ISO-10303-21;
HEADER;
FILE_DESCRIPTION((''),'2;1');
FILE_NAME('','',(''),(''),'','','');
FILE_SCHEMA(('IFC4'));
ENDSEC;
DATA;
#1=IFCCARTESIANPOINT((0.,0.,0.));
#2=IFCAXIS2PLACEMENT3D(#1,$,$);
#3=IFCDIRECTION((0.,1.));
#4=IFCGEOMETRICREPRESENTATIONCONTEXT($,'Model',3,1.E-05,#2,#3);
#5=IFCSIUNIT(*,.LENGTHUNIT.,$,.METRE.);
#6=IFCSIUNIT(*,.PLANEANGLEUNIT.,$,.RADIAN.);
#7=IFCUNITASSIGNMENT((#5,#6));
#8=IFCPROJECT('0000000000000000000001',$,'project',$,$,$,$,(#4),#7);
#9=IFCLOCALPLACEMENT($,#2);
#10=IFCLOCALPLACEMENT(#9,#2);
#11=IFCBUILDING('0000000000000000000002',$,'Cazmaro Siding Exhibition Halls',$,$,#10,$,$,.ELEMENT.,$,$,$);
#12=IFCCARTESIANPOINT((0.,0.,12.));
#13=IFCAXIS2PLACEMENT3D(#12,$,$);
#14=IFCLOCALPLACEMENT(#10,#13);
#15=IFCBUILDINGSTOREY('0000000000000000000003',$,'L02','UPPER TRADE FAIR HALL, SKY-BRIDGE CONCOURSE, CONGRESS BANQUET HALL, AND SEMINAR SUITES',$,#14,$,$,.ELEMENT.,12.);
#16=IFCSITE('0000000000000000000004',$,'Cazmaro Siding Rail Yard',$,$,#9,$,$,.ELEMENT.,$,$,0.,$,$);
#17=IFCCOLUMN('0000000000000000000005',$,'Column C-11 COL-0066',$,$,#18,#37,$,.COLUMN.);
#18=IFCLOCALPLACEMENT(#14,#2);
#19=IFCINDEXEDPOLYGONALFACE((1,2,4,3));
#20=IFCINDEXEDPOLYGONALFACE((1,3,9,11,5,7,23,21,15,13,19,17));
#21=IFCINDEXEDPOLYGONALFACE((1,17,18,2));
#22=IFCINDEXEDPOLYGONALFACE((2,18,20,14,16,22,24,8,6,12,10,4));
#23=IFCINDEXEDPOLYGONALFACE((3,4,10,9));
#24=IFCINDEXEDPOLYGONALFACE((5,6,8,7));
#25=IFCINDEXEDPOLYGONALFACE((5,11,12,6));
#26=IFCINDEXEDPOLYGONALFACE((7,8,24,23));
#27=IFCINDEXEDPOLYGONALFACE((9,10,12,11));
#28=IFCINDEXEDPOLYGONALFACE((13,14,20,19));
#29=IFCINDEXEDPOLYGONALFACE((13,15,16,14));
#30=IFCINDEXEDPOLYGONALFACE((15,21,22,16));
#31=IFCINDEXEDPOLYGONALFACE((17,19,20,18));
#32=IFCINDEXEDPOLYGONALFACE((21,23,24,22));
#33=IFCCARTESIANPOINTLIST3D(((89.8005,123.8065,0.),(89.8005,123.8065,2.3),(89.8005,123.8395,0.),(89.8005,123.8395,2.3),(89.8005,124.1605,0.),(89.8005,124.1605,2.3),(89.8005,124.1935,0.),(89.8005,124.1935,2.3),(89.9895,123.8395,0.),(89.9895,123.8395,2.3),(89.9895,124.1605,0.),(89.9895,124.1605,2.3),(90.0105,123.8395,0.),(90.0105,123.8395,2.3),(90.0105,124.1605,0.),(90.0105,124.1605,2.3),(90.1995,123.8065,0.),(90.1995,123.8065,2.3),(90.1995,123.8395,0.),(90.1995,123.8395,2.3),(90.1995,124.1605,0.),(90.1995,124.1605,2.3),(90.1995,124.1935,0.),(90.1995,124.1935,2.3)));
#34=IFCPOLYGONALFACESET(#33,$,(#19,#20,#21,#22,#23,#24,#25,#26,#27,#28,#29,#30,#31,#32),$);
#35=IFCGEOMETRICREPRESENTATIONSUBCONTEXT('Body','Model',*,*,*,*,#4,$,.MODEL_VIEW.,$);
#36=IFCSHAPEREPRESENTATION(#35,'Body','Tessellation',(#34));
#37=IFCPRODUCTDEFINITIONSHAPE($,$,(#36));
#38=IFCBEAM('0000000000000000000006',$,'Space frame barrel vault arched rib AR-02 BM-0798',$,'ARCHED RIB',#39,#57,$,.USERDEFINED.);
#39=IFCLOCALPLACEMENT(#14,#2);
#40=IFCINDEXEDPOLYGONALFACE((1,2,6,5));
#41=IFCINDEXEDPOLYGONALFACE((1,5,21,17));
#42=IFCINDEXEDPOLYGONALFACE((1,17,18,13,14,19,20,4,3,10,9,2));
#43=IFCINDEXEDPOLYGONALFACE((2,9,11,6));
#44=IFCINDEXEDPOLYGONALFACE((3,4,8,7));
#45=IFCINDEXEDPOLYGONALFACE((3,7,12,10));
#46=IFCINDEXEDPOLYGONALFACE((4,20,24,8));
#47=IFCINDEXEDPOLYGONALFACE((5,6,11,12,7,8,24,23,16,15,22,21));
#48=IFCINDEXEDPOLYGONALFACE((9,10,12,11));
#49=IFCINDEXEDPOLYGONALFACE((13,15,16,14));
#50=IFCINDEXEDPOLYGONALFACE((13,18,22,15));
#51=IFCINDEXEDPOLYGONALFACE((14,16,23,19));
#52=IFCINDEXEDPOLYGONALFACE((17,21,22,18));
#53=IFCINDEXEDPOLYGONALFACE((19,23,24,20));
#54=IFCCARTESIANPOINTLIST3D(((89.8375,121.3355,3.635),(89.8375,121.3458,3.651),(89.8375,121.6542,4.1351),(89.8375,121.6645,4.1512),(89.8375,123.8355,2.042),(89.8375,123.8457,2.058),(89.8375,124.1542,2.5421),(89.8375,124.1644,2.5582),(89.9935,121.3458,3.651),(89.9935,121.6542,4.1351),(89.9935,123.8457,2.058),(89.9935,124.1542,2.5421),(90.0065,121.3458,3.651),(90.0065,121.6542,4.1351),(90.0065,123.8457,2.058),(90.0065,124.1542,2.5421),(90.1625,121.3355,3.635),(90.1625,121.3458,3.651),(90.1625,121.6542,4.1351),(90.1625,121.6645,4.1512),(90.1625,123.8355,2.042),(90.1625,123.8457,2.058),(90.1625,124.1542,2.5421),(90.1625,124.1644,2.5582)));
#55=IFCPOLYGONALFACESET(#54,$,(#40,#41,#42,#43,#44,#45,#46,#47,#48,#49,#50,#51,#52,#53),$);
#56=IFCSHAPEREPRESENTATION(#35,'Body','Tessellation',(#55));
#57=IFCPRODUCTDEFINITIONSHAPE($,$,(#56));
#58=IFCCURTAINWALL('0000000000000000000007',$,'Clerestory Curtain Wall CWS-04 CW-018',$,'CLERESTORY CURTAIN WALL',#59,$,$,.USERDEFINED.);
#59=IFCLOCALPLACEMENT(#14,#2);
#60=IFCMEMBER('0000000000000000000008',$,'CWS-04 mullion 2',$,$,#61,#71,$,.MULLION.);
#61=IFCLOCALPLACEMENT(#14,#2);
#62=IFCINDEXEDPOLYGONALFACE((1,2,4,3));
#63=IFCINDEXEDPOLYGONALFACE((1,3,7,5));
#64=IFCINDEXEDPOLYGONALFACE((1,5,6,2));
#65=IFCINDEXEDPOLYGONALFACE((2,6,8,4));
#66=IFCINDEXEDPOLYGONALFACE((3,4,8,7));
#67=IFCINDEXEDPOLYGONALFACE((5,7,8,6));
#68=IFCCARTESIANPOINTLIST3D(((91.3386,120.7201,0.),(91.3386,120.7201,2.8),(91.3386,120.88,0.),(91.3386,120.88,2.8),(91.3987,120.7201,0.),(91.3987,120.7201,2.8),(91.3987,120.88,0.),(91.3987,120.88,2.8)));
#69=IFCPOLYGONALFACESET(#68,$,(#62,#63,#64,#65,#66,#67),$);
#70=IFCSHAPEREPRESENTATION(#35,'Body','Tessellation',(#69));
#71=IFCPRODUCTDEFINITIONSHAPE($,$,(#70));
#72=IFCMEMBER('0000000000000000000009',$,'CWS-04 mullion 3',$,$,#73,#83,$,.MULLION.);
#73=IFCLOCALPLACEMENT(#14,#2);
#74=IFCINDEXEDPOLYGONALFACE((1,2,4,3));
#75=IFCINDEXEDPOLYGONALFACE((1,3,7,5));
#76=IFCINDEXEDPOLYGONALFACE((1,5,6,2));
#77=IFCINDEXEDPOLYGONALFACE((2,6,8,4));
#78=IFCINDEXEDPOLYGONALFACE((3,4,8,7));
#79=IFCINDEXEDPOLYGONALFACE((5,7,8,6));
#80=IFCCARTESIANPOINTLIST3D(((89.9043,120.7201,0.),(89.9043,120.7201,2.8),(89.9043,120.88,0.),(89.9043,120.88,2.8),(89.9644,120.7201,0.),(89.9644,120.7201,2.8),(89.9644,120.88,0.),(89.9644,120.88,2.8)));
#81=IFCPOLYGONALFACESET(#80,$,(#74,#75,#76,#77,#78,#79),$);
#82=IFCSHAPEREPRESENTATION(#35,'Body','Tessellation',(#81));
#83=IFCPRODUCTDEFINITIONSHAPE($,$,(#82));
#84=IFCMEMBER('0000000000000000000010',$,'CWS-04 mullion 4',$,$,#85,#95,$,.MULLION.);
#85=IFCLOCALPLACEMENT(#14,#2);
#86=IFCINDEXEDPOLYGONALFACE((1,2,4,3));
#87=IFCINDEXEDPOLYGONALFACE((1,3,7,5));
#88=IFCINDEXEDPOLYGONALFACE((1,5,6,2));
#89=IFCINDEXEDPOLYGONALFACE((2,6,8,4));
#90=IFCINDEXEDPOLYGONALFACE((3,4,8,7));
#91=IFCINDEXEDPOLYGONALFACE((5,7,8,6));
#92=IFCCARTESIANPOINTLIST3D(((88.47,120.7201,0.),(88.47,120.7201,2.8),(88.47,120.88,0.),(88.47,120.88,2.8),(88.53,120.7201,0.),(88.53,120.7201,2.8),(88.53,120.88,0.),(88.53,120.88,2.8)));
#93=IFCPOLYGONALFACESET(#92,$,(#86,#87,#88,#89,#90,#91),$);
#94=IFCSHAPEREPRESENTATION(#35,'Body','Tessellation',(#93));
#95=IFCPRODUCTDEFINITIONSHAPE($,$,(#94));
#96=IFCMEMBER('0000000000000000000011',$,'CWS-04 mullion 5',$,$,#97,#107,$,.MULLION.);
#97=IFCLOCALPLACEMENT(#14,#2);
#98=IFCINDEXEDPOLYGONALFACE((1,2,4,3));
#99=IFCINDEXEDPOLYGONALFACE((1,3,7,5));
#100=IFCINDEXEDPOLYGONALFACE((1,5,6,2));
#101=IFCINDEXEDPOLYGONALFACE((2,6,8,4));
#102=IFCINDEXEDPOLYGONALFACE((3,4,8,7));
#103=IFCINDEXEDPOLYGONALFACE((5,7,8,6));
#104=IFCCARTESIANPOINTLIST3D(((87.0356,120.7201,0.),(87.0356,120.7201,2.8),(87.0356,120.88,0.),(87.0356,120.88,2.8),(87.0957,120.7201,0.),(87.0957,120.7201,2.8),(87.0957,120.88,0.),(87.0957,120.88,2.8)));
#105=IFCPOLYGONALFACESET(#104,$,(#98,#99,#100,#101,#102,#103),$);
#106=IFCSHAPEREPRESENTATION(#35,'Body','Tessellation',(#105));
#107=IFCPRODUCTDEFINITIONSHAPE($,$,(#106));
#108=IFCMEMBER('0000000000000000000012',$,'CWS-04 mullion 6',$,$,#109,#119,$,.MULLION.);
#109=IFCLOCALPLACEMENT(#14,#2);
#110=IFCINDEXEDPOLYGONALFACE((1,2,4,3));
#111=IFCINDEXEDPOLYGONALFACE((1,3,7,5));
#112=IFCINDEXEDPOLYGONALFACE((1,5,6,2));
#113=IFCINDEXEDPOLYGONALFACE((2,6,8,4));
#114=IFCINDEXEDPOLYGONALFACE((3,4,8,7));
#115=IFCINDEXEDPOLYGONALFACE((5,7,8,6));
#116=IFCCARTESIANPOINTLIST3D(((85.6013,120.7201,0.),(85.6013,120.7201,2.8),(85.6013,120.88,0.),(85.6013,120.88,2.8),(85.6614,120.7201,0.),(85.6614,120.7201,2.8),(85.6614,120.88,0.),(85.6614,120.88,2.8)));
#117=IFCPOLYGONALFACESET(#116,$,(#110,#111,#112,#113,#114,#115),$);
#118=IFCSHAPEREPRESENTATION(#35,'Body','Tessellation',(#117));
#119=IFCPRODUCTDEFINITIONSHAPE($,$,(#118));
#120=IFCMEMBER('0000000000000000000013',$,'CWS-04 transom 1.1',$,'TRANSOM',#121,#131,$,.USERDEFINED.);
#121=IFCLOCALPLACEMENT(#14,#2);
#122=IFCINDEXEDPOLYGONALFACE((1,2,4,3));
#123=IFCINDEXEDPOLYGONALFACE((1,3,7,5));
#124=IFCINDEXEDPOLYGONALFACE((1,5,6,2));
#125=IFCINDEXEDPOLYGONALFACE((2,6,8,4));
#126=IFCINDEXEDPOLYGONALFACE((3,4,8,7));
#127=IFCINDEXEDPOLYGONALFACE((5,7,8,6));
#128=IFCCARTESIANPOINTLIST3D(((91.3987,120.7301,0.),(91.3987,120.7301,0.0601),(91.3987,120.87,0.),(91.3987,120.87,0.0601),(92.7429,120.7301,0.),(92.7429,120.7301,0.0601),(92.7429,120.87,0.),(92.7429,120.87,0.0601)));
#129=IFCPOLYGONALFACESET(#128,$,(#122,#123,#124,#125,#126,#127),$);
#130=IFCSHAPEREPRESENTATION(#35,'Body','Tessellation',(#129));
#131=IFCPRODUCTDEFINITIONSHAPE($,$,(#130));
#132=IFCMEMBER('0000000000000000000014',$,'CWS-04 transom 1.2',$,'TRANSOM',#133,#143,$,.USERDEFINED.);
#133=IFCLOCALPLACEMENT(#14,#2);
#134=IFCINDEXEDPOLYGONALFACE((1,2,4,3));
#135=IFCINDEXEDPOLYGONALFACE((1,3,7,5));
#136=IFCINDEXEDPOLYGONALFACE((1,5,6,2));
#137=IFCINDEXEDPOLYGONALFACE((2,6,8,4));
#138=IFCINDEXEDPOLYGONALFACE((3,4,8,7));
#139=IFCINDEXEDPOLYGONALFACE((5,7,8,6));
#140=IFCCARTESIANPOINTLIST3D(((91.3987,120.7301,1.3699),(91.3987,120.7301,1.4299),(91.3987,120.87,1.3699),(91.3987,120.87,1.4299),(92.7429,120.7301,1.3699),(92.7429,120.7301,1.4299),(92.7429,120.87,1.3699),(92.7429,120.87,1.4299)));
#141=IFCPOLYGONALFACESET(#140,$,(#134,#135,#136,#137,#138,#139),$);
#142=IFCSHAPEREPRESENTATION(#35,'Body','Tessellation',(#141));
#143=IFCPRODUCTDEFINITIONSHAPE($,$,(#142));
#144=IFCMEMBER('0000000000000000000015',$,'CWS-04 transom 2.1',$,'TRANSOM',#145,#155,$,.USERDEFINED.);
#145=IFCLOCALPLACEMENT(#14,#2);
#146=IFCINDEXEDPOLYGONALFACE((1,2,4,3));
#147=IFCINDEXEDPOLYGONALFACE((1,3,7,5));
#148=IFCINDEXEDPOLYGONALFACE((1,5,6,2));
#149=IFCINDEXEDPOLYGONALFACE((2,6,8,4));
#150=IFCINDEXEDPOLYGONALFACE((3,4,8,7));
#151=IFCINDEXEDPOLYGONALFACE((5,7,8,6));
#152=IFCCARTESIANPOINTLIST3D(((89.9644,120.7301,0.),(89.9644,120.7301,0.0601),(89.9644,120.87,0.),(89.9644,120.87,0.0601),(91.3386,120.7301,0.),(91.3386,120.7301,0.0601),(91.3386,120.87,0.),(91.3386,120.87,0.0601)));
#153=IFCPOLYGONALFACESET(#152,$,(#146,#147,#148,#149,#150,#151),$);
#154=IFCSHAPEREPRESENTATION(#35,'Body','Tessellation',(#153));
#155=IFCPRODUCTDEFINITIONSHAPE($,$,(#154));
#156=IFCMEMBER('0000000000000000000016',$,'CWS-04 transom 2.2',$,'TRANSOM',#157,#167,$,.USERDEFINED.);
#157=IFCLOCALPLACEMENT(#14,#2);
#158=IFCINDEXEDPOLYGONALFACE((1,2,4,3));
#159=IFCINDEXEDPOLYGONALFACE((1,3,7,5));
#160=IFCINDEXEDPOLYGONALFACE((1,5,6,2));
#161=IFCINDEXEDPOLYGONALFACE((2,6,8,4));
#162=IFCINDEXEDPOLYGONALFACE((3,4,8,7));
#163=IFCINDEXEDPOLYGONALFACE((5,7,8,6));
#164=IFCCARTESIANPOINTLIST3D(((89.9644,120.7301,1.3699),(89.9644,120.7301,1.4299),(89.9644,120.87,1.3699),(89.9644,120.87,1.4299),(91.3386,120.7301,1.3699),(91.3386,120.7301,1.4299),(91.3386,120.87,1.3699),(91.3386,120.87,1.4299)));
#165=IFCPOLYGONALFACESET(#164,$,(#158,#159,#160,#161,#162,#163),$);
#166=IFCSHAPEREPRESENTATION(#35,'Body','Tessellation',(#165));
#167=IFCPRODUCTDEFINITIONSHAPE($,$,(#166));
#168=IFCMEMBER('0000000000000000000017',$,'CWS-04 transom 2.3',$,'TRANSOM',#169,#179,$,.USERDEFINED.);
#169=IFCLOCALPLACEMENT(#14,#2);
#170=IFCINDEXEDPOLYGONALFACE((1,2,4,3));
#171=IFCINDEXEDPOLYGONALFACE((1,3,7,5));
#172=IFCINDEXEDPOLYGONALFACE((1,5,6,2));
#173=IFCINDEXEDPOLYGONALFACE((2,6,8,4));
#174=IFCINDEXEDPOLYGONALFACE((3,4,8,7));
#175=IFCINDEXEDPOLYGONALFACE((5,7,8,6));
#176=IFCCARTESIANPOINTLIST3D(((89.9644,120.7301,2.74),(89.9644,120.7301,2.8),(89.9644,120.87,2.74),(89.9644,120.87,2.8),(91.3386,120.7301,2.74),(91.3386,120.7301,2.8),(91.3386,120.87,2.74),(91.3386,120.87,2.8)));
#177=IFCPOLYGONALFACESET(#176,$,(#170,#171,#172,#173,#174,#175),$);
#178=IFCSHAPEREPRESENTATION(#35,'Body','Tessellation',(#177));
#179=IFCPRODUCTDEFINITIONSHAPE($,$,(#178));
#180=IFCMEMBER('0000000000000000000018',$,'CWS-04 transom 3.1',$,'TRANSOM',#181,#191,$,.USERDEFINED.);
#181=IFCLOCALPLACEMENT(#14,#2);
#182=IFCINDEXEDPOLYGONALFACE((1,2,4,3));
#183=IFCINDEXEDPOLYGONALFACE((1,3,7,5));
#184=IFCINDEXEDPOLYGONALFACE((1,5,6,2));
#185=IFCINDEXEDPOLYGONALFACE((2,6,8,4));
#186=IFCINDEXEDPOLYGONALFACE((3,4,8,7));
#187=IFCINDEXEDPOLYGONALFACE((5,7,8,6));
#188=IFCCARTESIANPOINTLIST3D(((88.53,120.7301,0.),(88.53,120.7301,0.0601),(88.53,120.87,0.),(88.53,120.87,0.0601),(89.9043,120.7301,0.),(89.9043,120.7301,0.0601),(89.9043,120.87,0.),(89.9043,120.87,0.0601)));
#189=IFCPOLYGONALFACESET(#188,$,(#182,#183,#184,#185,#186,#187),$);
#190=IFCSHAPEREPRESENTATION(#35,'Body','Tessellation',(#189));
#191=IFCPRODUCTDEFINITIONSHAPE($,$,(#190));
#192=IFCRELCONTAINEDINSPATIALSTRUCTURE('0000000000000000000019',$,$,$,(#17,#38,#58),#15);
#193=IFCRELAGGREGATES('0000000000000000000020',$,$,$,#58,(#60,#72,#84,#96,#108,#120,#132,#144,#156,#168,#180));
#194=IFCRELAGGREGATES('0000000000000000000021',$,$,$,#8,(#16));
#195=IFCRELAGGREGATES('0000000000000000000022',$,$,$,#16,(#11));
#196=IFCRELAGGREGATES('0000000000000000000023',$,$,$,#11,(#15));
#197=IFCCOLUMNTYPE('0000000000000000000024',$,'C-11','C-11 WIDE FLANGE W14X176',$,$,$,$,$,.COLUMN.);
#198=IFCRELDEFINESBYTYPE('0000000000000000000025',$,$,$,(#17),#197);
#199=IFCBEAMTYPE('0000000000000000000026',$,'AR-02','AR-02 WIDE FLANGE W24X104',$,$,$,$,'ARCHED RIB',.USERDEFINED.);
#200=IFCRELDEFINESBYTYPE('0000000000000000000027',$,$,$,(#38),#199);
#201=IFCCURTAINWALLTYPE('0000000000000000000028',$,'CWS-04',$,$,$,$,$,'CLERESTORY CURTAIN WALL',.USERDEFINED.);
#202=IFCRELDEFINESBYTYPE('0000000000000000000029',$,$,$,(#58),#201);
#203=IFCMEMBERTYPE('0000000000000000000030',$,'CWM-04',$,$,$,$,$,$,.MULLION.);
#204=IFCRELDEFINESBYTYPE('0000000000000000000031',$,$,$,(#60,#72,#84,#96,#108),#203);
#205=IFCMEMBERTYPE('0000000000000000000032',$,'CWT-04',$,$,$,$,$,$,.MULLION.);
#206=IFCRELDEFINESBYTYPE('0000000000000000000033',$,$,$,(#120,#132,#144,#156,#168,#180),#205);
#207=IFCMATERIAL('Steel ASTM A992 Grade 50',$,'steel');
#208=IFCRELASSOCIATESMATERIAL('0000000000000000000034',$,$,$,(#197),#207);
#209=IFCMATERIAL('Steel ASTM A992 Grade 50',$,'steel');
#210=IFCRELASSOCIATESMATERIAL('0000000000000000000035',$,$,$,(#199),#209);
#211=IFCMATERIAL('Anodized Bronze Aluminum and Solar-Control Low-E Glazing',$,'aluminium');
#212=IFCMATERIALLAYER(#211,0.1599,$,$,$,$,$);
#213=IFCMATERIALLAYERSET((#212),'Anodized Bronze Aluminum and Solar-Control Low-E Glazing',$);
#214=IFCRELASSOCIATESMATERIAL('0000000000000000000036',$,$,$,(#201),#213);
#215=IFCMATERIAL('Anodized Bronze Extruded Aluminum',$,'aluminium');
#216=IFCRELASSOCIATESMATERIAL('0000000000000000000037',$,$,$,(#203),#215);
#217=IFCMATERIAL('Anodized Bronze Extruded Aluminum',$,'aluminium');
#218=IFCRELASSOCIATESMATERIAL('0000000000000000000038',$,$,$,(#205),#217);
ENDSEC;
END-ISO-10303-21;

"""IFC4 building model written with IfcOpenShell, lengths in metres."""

from ifc_helpers import new_model, si_unit, direction, frame, origin, origin_2d, place, context, subcontext, project, spatial, rectangle, i_section, extrude, material, layer, layer_set, material_profile, profile_set, type_object, element, aggregate, save


model = new_model("IFC4")

# Units and contexts
model_context = context("Model", 3, precision=1e-05, world=origin(), true_north=direction((0.0, 1.0)))
body_context = subcontext(model_context, "Body", "Model", "MODEL_VIEW")
ifc_project = project(units=[si_unit("LENGTHUNIT", "METRE"), si_unit("PLANEANGLEUNIT", "RADIAN")], contexts=[model_context])

# Site, building, storey
site_placement = place(None, origin())
site = spatial("IfcSite", under=ifc_project, at=site_placement, Name="Cazmaro Siding Rail Yard", CompositionType="ELEMENT", RefElevation=0.0)
building_placement = place(site_placement, origin())
building = spatial("IfcBuilding", under=site, at=building_placement, Name="Cazmaro Siding Exhibition Halls", CompositionType="ELEMENT")
storey_placement = place(building_placement, frame((0.0, 0.0, 12.0)))
storey = spatial("IfcBuildingStorey", under=building, at=storey_placement, Name="L02", Description="UPPER TRADE FAIR HALL, SKY-BRIDGE CONCOURSE, CONGRESS BANQUET HALL, AND SEMINAR SUITES", CompositionType="ELEMENT", Elevation=12.0)

# Column
ifc_material_1 = material(Name="Steel ASTM A992 Grade 50", Category="steel")
ifc_material_profile_1 = material_profile(ifc_material_1, i_section(OverallWidth=0.3989, OverallDepth=0.387, WebThickness=0.021, FlangeThickness=0.033, at=origin_2d()), Name="W14X176")
ifc_profile_set_1 = profile_set([ifc_material_profile_1], Name="Steel ASTM A992 Grade 50")
column_type = type_object("IfcColumnType", Name="C-11", Description="C-11 WIDE FLANGE W14X176", PredefinedType="COLUMN", material=ifc_profile_set_1)
column_placement = place(storey_placement, frame((90.0, 124.0, 0.0), z_axis=(0.0, 0.0, 1.0), x_axis=(1.0, 0.0, 0.0)))
element("IfcColumn", 1, at=column_placement, inside=storey, type_object=column_type, Name="Column C-11 COL-0066", PredefinedType="COLUMN", context=body_context, shape_type="SweptSolid", body=[
    extrude(i_section(OverallWidth=0.3989, OverallDepth=0.387, WebThickness=0.021, FlangeThickness=0.033, at=origin_2d()), origin(), (0.0, 0.0, 1.0), 2.3),
])

# Beam
ifc_material_2 = material(Name="Steel ASTM A992 Grade 50", Category="steel")
ifc_material_profile_2 = material_profile(ifc_material_2, i_section(OverallWidth=0.325, OverallDepth=0.6121, WebThickness=0.0129, FlangeThickness=0.019, at=origin_2d()), Name="W24X104")
ifc_profile_set_2 = profile_set([ifc_material_profile_2], Name="Steel ASTM A992 Grade 50")
beam_type_1 = type_object("IfcBeamType", Name="AR-02", Description="AR-02 WIDE FLANGE W24X104", ElementType="ARCHED RIB", PredefinedType="USERDEFINED", material=ifc_profile_set_2)
beam_1_placement = place(storey_placement, frame((90.0, 121.5, 3.8931), z_axis=(0.0, 0.843339, -0.537382), x_axis=(-1.0, 0.0, 0.0)))
element("IfcBeam", 2, at=beam_1_placement, inside=storey, type_object=beam_type_1, Name="Space frame barrel vault arched rib AR-02 BM-0798", ObjectType="ARCHED RIB", PredefinedType="USERDEFINED", context=body_context, shape_type="SweptSolid", body=[
    extrude(i_section(OverallWidth=0.325, OverallDepth=0.6121, WebThickness=0.0129, FlangeThickness=0.019, at=origin_2d()), origin(), (0.0, 0.0, 1.0), 2.9644),
])

# Curtain wall, members
ifc_material_3 = material(Name="Anodized Bronze Aluminum and Solar-Control Low-E Glazing", Category="aluminium")
ifc_layer_1 = layer(ifc_material_3, 0.1599)
ifc_layer_set_1 = layer_set([ifc_layer_1], Name="Anodized Bronze Aluminum and Solar-Control Low-E Glazing")
curtain_wall_type = type_object("IfcCurtainWallType", Name="CWS-04", ElementType="CLERESTORY CURTAIN WALL", PredefinedType="USERDEFINED", material=ifc_layer_set_1)
curtain_wall_placement = place(storey_placement, origin())
curtain_wall = element("IfcCurtainWall", 3, at=curtain_wall_placement, inside=storey, type_object=curtain_wall_type, Name="Clerestory Curtain Wall CWS-04 CW-018", ObjectType="CLERESTORY CURTAIN WALL", PredefinedType="USERDEFINED")
ifc_material_4 = material(Name="Anodized Bronze Extruded Aluminum", Category="aluminium")
ifc_material_profile_3 = material_profile(ifc_material_4, rectangle(XDim=0.1599, YDim=0.0601, at=origin_2d()), Name="CWM-04")
ifc_profile_set_3 = profile_set([ifc_material_profile_3], Name="Anodized Bronze Extruded Aluminum")
member_type_1 = type_object("IfcMemberType", Name="CWM-04", PredefinedType="MULLION", material=ifc_profile_set_3)
member_1_placement = place(storey_placement, frame((91.3687, 120.8, 0.0), z_axis=(0.0, 0.0, 1.0), x_axis=(0.0, -1.0, 0.0)))
member_1 = element("IfcMember", 4, at=member_1_placement, type_object=member_type_1, Name="CWS-04 mullion 2", PredefinedType="MULLION", context=body_context, shape_type="SweptSolid", body=[
    extrude(rectangle(XDim=0.1599, YDim=0.0601, at=origin_2d()), origin(), (0.0, 0.0, 1.0), 2.8),
])
member_2_placement = place(storey_placement, frame((89.9343, 120.8, 0.0), z_axis=(0.0, 0.0, 1.0), x_axis=(0.0, -1.0, 0.0)))
member_2 = element("IfcMember", 5, at=member_2_placement, type_object=member_type_1, Name="CWS-04 mullion 3", PredefinedType="MULLION", context=body_context, shape_type="SweptSolid", body=[
    extrude(rectangle(XDim=0.1599, YDim=0.0601, at=origin_2d()), origin(), (0.0, 0.0, 1.0), 2.8),
])
member_3_placement = place(storey_placement, frame((88.5, 120.8, 0.0), z_axis=(0.0, 0.0, 1.0), x_axis=(0.0, -1.0, 0.0)))
member_3 = element("IfcMember", 6, at=member_3_placement, type_object=member_type_1, Name="CWS-04 mullion 4", PredefinedType="MULLION", context=body_context, shape_type="SweptSolid", body=[
    extrude(rectangle(XDim=0.1599, YDim=0.0601, at=origin_2d()), origin(), (0.0, 0.0, 1.0), 2.8),
])
member_4_placement = place(storey_placement, frame((87.0657, 120.8, 0.0), z_axis=(0.0, 0.0, 1.0), x_axis=(0.0, -1.0, 0.0)))
member_4 = element("IfcMember", 7, at=member_4_placement, type_object=member_type_1, Name="CWS-04 mullion 5", PredefinedType="MULLION", context=body_context, shape_type="SweptSolid", body=[
    extrude(rectangle(XDim=0.1599, YDim=0.0601, at=origin_2d()), origin(), (0.0, 0.0, 1.0), 2.8),
])
member_5_placement = place(storey_placement, frame((85.6313, 120.8, 0.0), z_axis=(0.0, 0.0, 1.0), x_axis=(0.0, -1.0, 0.0)))
member_5 = element("IfcMember", 8, at=member_5_placement, type_object=member_type_1, Name="CWS-04 mullion 6", PredefinedType="MULLION", context=body_context, shape_type="SweptSolid", body=[
    extrude(rectangle(XDim=0.1599, YDim=0.0601, at=origin_2d()), origin(), (0.0, 0.0, 1.0), 2.8),
])
ifc_material_5 = material(Name="Anodized Bronze Extruded Aluminum", Category="aluminium")
ifc_material_profile_4 = material_profile(ifc_material_5, rectangle(XDim=0.1399, YDim=0.0601, at=origin_2d()), Name="CWT-04")
ifc_profile_set_4 = profile_set([ifc_material_profile_4], Name="Anodized Bronze Extruded Aluminum")
member_type_2 = type_object("IfcMemberType", Name="CWT-04", PredefinedType="MULLION", material=ifc_profile_set_4)
member_6_placement = place(storey_placement, frame((92.7429, 120.8, 0.03), z_axis=(-1.0, 0.0, 0.0), x_axis=(0.0, -1.0, 0.0)))
member_6 = element("IfcMember", 9, at=member_6_placement, type_object=member_type_2, Name="CWS-04 transom 1.1", ObjectType="TRANSOM", PredefinedType="USERDEFINED", context=body_context, shape_type="SweptSolid", body=[
    extrude(rectangle(XDim=0.1399, YDim=0.0601, at=origin_2d()), origin(), (0.0, 0.0, 1.0), 1.3442),
])
member_7_placement = place(storey_placement, frame((92.7429, 120.8, 1.3999), z_axis=(-1.0, 0.0, 0.0), x_axis=(0.0, -1.0, 0.0)))
member_7 = element("IfcMember", 10, at=member_7_placement, type_object=member_type_2, Name="CWS-04 transom 1.2", ObjectType="TRANSOM", PredefinedType="USERDEFINED", context=body_context, shape_type="SweptSolid", body=[
    extrude(rectangle(XDim=0.1399, YDim=0.0601, at=origin_2d()), origin(), (0.0, 0.0, 1.0), 1.3442),
])
member_8_placement = place(storey_placement, frame((91.3386, 120.8, 0.03), z_axis=(-1.0, 0.0, 0.0), x_axis=(0.0, -1.0, 0.0)))
member_8 = element("IfcMember", 11, at=member_8_placement, type_object=member_type_2, Name="CWS-04 transom 2.1", ObjectType="TRANSOM", PredefinedType="USERDEFINED", context=body_context, shape_type="SweptSolid", body=[
    extrude(rectangle(XDim=0.1399, YDim=0.0601, at=origin_2d()), origin(), (0.0, 0.0, 1.0), 1.3743),
])
member_9_placement = place(storey_placement, frame((91.3386, 120.8, 1.3999), z_axis=(-1.0, 0.0, 0.0), x_axis=(0.0, -1.0, 0.0)))
member_9 = element("IfcMember", 12, at=member_9_placement, type_object=member_type_2, Name="CWS-04 transom 2.2", ObjectType="TRANSOM", PredefinedType="USERDEFINED", context=body_context, shape_type="SweptSolid", body=[
    extrude(rectangle(XDim=0.1399, YDim=0.0601, at=origin_2d()), origin(), (0.0, 0.0, 1.0), 1.3743),
])
member_10_placement = place(storey_placement, frame((91.3386, 120.8, 2.77), z_axis=(-1.0, 0.0, 0.0), x_axis=(0.0, -1.0, 0.0)))
member_10 = element("IfcMember", 13, at=member_10_placement, type_object=member_type_2, Name="CWS-04 transom 2.3", ObjectType="TRANSOM", PredefinedType="USERDEFINED", context=body_context, shape_type="SweptSolid", body=[
    extrude(rectangle(XDim=0.1399, YDim=0.0601, at=origin_2d()), origin(), (0.0, 0.0, 1.0), 1.3743),
])
member_11_placement = place(storey_placement, frame((89.9043, 120.8, 0.03), z_axis=(-1.0, 0.0, 0.0), x_axis=(0.0, -1.0, 0.0)))
member_11 = element("IfcMember", 14, at=member_11_placement, type_object=member_type_2, Name="CWS-04 transom 3.1", ObjectType="TRANSOM", PredefinedType="USERDEFINED", context=body_context, shape_type="SweptSolid", body=[
    extrude(rectangle(XDim=0.1399, YDim=0.0601, at=origin_2d()), origin(), (0.0, 0.0, 1.0), 1.3743),
])

aggregate(curtain_wall, [member_1, member_2, member_3, member_4, member_5, member_6, member_7, member_8, member_9, member_10, member_11])

save(model, "model.ifc")
